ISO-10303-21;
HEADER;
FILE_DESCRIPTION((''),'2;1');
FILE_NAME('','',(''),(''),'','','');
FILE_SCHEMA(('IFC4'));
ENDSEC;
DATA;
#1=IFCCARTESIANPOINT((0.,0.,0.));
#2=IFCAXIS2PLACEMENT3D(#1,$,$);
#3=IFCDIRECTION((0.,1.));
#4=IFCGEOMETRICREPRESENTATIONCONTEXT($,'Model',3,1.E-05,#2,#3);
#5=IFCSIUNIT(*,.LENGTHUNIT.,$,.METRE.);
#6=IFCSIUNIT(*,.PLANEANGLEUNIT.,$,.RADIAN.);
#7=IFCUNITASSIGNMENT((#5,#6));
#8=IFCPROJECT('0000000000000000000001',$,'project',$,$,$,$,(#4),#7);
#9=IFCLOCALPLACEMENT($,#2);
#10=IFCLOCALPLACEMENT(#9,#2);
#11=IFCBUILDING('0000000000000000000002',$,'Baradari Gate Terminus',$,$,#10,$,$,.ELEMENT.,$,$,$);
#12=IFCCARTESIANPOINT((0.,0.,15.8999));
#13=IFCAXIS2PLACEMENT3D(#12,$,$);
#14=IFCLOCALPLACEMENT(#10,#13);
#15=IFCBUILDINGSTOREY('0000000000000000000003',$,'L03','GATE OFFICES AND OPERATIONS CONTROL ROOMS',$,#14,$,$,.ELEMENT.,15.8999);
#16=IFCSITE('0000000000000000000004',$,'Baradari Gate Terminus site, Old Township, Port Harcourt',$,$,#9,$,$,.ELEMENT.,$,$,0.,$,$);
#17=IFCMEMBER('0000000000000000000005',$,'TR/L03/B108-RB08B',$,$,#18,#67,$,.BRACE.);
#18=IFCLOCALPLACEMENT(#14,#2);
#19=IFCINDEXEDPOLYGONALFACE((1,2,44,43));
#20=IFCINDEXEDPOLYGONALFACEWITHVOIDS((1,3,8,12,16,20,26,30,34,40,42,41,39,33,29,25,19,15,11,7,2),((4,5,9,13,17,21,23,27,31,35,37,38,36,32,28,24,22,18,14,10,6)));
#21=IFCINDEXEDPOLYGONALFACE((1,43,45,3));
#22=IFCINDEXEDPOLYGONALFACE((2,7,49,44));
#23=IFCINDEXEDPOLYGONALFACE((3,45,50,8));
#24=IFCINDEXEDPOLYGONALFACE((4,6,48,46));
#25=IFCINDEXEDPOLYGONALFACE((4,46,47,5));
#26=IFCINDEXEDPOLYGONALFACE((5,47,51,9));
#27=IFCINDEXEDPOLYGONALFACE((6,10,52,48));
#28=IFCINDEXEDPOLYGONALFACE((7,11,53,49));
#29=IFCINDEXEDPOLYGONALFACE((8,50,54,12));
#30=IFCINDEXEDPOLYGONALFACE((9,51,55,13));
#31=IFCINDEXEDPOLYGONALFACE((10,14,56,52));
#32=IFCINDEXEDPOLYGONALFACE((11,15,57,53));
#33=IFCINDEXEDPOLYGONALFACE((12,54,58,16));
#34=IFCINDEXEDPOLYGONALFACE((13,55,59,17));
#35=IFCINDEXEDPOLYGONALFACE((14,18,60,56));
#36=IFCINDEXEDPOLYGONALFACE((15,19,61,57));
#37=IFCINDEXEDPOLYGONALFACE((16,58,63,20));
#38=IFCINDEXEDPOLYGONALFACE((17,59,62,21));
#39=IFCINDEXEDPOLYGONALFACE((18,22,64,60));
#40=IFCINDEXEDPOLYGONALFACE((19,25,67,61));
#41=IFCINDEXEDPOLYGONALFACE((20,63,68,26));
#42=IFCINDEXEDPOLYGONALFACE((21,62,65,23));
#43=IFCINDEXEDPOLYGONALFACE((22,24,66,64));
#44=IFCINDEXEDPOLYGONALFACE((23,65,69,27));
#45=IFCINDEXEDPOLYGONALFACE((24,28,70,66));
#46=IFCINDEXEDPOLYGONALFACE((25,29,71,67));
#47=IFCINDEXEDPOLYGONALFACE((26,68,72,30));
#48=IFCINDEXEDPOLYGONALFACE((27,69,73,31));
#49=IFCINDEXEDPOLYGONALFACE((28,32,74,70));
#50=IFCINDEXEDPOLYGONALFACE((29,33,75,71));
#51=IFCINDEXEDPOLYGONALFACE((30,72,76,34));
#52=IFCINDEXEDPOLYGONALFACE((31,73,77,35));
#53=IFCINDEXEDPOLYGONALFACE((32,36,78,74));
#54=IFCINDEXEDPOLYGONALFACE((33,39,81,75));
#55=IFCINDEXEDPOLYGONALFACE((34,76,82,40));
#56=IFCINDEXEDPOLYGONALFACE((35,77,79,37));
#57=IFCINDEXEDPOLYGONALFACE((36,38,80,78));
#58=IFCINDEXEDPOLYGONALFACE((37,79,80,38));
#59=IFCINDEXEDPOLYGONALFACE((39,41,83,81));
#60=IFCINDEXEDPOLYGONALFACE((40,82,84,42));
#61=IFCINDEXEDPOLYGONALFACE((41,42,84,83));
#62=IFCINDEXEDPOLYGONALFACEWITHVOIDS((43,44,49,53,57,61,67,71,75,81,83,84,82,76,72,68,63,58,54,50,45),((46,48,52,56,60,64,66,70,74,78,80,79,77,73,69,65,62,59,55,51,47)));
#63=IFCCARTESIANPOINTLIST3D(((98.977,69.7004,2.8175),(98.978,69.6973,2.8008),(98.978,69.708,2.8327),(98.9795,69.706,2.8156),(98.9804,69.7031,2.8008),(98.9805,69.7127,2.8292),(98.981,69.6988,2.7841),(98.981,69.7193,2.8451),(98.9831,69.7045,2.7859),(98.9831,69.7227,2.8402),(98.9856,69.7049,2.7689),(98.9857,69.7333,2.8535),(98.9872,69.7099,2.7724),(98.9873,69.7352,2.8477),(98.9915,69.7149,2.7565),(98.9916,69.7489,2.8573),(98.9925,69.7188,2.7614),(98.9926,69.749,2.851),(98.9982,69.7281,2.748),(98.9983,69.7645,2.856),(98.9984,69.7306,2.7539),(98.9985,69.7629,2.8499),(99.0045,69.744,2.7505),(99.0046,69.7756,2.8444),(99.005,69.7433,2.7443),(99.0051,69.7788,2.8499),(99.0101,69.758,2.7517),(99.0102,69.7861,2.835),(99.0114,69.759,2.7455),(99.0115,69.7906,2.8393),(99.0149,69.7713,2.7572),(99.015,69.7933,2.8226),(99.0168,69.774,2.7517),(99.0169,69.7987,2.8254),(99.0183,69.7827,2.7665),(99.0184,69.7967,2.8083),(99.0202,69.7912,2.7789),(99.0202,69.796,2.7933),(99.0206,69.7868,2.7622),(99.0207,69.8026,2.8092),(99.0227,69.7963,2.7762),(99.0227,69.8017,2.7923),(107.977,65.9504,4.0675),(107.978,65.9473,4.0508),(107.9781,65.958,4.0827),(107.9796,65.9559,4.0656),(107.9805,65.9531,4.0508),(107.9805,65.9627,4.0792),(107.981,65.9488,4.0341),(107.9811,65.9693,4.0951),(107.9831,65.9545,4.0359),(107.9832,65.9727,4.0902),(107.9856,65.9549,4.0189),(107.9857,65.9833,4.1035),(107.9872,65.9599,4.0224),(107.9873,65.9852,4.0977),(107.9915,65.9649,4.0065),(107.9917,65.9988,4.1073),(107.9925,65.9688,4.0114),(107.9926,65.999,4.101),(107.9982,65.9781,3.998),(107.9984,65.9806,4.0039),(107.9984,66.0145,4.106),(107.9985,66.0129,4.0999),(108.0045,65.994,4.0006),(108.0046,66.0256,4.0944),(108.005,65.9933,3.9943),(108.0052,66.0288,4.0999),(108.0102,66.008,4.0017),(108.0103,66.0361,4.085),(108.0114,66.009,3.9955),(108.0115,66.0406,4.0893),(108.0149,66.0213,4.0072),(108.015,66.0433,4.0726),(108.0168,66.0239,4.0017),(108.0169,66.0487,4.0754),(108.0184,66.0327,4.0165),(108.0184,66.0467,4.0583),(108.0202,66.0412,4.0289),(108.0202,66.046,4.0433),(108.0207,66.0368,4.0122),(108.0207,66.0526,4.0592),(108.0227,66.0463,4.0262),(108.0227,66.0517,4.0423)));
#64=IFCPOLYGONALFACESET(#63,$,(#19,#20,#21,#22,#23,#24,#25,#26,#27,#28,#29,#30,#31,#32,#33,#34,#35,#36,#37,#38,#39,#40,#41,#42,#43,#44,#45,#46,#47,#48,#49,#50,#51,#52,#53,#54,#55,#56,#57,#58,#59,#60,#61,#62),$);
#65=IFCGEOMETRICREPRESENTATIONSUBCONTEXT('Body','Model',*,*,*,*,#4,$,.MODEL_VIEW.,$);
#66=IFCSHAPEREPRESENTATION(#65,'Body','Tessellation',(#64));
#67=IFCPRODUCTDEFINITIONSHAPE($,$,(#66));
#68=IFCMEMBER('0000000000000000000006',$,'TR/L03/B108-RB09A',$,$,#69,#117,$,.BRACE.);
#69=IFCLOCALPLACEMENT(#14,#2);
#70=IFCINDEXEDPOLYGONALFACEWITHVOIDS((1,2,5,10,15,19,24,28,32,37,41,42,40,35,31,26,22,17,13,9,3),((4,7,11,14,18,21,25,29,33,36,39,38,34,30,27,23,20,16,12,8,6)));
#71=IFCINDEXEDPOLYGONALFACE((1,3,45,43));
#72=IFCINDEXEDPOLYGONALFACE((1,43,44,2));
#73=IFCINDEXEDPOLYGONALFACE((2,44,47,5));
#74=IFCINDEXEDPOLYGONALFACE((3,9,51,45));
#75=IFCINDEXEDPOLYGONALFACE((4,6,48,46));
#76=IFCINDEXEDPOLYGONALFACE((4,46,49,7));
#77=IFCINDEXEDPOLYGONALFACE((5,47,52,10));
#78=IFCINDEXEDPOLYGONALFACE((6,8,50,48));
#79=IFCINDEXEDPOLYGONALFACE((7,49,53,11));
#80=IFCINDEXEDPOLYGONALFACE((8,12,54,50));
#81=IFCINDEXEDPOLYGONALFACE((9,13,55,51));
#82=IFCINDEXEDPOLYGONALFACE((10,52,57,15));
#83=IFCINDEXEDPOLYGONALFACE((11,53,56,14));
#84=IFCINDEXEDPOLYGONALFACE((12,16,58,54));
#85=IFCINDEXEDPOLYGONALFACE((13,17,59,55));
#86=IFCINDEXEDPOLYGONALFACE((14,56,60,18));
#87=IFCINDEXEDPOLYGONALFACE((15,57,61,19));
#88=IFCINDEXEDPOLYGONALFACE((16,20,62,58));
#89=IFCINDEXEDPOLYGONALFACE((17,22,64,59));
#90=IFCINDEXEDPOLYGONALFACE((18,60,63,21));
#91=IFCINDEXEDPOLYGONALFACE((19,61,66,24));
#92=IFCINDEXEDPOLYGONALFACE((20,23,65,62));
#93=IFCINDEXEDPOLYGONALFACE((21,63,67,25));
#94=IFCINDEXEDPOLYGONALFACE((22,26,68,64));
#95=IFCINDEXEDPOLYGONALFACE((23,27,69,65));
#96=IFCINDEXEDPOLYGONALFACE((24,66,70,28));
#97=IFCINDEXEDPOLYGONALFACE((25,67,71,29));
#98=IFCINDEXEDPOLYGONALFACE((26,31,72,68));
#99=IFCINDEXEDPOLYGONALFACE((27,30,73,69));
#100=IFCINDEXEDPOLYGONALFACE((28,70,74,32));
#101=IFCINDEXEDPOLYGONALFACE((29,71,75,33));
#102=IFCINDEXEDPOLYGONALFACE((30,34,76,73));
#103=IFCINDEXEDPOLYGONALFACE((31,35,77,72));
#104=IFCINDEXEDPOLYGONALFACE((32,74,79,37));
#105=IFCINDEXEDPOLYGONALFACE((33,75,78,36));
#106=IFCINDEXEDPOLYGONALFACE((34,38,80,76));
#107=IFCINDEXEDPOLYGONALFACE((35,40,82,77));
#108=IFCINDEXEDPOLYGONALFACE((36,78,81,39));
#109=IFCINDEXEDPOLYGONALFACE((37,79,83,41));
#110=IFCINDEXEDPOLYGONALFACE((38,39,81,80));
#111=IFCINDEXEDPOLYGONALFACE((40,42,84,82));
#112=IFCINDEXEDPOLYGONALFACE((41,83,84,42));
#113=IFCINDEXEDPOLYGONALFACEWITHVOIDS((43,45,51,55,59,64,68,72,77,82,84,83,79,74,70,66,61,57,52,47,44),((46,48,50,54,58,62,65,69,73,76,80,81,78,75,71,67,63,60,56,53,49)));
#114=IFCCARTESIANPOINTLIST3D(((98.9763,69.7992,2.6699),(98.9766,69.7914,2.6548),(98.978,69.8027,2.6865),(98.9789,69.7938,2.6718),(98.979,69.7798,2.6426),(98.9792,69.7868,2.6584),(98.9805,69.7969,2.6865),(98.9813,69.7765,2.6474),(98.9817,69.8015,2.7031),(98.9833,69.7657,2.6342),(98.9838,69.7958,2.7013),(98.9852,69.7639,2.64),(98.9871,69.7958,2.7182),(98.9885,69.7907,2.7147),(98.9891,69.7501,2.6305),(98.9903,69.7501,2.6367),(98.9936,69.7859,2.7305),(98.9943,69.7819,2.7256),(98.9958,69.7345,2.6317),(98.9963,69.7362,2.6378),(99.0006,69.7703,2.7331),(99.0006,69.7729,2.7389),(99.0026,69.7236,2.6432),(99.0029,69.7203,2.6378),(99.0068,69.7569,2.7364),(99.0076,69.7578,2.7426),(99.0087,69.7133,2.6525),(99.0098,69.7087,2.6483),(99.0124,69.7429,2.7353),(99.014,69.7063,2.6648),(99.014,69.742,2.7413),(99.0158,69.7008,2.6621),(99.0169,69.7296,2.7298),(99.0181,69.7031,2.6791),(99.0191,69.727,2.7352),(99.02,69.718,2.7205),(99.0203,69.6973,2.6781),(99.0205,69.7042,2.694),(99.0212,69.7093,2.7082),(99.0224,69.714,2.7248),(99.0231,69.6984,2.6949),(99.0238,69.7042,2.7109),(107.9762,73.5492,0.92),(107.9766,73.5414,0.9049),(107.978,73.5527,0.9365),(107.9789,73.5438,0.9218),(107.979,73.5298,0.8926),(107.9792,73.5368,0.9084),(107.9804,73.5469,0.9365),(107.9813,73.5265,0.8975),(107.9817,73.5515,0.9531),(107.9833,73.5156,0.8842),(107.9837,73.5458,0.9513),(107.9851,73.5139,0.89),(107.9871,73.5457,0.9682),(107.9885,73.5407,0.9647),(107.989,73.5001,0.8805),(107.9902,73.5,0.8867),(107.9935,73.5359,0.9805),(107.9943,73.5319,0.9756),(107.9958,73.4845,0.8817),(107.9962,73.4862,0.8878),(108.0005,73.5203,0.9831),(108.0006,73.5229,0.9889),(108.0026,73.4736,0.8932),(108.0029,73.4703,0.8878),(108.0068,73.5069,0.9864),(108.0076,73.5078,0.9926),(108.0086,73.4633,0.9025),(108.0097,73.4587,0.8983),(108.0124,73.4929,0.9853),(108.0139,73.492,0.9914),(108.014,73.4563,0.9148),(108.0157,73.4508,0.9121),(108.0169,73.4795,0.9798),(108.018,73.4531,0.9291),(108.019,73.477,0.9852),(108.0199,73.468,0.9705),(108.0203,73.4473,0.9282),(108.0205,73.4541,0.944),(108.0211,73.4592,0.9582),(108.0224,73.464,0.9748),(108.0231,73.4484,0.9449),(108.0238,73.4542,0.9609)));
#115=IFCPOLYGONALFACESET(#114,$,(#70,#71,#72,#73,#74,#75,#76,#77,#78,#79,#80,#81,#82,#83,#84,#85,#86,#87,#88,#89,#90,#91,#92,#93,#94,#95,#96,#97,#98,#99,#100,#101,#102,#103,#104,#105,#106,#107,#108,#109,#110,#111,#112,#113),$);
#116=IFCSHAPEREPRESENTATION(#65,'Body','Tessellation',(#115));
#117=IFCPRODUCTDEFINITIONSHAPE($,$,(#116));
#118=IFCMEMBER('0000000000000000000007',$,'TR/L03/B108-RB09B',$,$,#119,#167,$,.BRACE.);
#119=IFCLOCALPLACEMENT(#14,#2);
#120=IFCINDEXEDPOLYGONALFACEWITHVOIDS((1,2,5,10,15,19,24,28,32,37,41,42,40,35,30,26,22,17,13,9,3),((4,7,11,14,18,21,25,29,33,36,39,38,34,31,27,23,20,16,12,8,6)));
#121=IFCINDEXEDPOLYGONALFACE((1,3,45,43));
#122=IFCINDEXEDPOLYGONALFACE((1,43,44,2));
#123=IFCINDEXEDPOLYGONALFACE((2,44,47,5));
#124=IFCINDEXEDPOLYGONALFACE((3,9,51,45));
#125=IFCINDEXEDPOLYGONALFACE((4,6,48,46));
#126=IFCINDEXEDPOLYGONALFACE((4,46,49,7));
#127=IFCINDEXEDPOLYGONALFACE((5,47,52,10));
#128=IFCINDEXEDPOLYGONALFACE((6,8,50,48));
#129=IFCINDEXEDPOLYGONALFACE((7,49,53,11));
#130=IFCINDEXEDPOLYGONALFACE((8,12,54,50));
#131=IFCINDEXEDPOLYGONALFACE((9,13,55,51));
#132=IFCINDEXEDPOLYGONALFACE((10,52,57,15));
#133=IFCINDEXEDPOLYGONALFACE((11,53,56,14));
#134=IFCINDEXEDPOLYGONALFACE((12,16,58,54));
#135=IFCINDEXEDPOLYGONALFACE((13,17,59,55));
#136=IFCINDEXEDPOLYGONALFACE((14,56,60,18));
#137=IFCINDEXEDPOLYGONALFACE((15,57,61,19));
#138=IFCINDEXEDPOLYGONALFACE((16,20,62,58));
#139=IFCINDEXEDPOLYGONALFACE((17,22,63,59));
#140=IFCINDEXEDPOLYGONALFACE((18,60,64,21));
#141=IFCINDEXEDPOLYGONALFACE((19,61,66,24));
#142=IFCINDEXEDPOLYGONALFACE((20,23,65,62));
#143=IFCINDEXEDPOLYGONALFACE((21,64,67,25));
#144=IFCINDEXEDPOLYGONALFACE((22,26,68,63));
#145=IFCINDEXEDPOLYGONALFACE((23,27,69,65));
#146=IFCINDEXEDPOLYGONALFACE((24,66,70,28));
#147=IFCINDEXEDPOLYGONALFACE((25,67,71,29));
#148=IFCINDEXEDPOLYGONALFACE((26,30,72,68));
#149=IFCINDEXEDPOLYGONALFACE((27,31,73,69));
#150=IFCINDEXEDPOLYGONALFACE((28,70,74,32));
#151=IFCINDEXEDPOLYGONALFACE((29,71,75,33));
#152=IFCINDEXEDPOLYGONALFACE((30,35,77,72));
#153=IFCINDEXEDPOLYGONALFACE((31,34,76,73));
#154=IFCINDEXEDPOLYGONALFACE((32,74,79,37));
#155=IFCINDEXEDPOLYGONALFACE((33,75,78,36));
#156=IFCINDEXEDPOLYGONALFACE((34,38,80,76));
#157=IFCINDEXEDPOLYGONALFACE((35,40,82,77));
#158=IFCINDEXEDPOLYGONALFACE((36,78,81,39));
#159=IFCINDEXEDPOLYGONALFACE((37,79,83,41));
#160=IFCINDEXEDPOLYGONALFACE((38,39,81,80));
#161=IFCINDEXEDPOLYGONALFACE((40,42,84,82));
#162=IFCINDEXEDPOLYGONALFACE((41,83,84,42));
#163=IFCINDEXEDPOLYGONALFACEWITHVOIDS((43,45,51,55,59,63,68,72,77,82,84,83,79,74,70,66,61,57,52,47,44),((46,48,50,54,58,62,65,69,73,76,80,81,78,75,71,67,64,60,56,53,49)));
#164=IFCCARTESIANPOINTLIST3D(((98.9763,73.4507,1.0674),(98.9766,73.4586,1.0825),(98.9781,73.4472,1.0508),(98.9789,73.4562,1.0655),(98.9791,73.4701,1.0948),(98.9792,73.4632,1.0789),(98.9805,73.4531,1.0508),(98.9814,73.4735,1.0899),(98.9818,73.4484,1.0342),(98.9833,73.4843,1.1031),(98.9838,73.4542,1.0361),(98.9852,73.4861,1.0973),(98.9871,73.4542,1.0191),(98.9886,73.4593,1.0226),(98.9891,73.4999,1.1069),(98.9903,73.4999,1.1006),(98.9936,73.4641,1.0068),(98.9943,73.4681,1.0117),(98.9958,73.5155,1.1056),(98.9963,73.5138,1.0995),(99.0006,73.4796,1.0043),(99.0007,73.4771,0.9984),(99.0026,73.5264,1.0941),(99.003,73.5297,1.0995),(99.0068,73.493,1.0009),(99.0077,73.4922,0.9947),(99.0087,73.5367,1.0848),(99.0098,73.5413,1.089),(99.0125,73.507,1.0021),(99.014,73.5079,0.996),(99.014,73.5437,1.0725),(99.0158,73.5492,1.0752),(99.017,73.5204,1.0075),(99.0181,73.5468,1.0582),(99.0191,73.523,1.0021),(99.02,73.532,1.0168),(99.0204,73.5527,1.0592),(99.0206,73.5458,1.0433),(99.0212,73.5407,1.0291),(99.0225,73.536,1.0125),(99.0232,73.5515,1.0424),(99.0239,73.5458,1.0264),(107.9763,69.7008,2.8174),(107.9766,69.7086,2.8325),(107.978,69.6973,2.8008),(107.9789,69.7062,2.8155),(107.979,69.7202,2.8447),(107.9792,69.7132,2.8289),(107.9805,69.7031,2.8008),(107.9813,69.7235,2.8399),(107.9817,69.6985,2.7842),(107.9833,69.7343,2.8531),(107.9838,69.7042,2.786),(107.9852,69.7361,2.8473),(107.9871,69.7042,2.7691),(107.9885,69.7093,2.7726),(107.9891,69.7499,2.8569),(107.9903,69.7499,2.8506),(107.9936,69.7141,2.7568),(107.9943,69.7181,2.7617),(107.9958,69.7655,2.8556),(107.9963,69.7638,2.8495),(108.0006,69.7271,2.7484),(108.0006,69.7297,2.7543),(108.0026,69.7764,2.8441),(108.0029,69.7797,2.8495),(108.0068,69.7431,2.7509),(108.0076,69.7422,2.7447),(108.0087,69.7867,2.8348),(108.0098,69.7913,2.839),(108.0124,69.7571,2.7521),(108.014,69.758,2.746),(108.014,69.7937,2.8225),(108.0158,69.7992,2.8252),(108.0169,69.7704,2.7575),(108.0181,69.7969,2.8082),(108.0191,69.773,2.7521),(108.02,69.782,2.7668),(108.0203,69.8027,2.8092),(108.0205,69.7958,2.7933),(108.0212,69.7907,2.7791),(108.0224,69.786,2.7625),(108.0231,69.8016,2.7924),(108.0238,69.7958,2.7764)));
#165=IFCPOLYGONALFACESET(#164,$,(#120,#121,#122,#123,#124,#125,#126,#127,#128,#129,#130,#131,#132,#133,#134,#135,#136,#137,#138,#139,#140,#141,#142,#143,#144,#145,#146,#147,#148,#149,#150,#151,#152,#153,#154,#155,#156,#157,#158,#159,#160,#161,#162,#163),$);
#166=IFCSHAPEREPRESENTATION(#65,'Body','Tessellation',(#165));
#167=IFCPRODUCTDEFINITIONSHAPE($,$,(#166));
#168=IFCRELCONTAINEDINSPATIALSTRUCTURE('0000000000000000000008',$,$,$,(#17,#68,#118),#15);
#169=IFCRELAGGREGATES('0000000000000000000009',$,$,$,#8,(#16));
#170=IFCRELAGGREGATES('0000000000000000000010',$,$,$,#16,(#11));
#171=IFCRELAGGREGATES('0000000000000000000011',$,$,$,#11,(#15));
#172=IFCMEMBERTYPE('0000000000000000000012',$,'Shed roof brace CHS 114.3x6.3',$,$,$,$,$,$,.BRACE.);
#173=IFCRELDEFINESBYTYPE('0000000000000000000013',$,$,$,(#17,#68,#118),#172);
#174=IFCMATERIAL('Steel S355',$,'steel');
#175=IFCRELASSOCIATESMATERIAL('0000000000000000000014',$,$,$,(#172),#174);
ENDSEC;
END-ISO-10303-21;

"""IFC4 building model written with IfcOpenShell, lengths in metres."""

from ifc_helpers import new_model, si_unit, direction, frame, origin, origin_2d, place, context, subcontext, project, spatial, hollow_circle, extrude, material, material_profile, profile_set, type_object, element, save


model = new_model("IFC4")

# Units and contexts
model_context = context("Model", 3, precision=1e-05, world=origin(), true_north=direction((0.0, 1.0)))
body_context = subcontext(model_context, "Body", "Model", "MODEL_VIEW")
ifc_project = project(units=[si_unit("LENGTHUNIT", "METRE"), si_unit("PLANEANGLEUNIT", "RADIAN")], contexts=[model_context])

# Site, building, storey
site_placement = place(None, origin())
site = spatial("IfcSite", under=ifc_project, at=site_placement, Name="Baradari Gate Terminus site, Old Township, Port Harcourt", CompositionType="ELEMENT", RefElevation=0.0)
building_placement = place(site_placement, origin())
building = spatial("IfcBuilding", under=site, at=building_placement, Name="Baradari Gate Terminus", CompositionType="ELEMENT")
storey_placement = place(building_placement, frame((0.0, 0.0, 15.8999)))
storey = spatial("IfcBuildingStorey", under=building, at=storey_placement, Name="L03", Description="GATE OFFICES AND OPERATIONS CONTROL ROOMS", CompositionType="ELEMENT", Elevation=15.8999)

# Members
ifc_material_1 = material(Name="Steel S355", Category="steel")
ifc_material_profile_1 = material_profile(ifc_material_1, hollow_circle(Radius=0.0571, WallThickness=0.0063, at=origin_2d()), Name="CHS 114.3x6.3")
ifc_profile_set_1 = profile_set([ifc_material_profile_1], Name="Steel S355")
member_type_1 = type_object("IfcMemberType", Name="Shed roof brace CHS 114.3x6.3", PredefinedType="BRACE", material=ifc_profile_set_1)
for number, where, z_axis, x_axis, name in (
    (1, (108.0, 66.0, 4.0508), (-0.915583, 0.381493, -0.127164), (-0.384615, -0.923077, 0.0), "TR/L03/B108-RB08B"),
):
    element("IfcMember", number, at=place(storey_placement, frame(where, z_axis=z_axis, x_axis=x_axis)), inside=storey, type_object=member_type_1, Name=name, PredefinedType="BRACE", context=body_context, shape_type="SweptSolid", body=[
        extrude(hollow_circle(Radius=0.0571, WallThickness=0.0063, at=origin_2d()), origin(), (0.0, 0.0, 1.0), 9.8298),
    ])
for number, where, z_axis, x_axis, name in (
    (2, (99.0, 69.75, 2.6865), (0.908558, 0.378566, -0.176664), (-0.384615, 0.923077, 0.0), "TR/L03/B108-RB09A"),
    (3, (108.0, 69.75, 2.8008), (-0.908558, 0.378566, -0.176664), (-0.384615, -0.923077, 0.0), "TR/L03/B108-RB09B"),
):
    element("IfcMember", number, at=place(storey_placement, frame(where, z_axis=z_axis, x_axis=x_axis)), inside=storey, type_object=member_type_1, Name=name, PredefinedType="BRACE", context=body_context, shape_type="SweptSolid", body=[
        extrude(hollow_circle(Radius=0.0571, WallThickness=0.0063, at=origin_2d()), origin(), (0.0, 0.0, 1.0), 9.9058),
    ])

save(model, "model.ifc")
